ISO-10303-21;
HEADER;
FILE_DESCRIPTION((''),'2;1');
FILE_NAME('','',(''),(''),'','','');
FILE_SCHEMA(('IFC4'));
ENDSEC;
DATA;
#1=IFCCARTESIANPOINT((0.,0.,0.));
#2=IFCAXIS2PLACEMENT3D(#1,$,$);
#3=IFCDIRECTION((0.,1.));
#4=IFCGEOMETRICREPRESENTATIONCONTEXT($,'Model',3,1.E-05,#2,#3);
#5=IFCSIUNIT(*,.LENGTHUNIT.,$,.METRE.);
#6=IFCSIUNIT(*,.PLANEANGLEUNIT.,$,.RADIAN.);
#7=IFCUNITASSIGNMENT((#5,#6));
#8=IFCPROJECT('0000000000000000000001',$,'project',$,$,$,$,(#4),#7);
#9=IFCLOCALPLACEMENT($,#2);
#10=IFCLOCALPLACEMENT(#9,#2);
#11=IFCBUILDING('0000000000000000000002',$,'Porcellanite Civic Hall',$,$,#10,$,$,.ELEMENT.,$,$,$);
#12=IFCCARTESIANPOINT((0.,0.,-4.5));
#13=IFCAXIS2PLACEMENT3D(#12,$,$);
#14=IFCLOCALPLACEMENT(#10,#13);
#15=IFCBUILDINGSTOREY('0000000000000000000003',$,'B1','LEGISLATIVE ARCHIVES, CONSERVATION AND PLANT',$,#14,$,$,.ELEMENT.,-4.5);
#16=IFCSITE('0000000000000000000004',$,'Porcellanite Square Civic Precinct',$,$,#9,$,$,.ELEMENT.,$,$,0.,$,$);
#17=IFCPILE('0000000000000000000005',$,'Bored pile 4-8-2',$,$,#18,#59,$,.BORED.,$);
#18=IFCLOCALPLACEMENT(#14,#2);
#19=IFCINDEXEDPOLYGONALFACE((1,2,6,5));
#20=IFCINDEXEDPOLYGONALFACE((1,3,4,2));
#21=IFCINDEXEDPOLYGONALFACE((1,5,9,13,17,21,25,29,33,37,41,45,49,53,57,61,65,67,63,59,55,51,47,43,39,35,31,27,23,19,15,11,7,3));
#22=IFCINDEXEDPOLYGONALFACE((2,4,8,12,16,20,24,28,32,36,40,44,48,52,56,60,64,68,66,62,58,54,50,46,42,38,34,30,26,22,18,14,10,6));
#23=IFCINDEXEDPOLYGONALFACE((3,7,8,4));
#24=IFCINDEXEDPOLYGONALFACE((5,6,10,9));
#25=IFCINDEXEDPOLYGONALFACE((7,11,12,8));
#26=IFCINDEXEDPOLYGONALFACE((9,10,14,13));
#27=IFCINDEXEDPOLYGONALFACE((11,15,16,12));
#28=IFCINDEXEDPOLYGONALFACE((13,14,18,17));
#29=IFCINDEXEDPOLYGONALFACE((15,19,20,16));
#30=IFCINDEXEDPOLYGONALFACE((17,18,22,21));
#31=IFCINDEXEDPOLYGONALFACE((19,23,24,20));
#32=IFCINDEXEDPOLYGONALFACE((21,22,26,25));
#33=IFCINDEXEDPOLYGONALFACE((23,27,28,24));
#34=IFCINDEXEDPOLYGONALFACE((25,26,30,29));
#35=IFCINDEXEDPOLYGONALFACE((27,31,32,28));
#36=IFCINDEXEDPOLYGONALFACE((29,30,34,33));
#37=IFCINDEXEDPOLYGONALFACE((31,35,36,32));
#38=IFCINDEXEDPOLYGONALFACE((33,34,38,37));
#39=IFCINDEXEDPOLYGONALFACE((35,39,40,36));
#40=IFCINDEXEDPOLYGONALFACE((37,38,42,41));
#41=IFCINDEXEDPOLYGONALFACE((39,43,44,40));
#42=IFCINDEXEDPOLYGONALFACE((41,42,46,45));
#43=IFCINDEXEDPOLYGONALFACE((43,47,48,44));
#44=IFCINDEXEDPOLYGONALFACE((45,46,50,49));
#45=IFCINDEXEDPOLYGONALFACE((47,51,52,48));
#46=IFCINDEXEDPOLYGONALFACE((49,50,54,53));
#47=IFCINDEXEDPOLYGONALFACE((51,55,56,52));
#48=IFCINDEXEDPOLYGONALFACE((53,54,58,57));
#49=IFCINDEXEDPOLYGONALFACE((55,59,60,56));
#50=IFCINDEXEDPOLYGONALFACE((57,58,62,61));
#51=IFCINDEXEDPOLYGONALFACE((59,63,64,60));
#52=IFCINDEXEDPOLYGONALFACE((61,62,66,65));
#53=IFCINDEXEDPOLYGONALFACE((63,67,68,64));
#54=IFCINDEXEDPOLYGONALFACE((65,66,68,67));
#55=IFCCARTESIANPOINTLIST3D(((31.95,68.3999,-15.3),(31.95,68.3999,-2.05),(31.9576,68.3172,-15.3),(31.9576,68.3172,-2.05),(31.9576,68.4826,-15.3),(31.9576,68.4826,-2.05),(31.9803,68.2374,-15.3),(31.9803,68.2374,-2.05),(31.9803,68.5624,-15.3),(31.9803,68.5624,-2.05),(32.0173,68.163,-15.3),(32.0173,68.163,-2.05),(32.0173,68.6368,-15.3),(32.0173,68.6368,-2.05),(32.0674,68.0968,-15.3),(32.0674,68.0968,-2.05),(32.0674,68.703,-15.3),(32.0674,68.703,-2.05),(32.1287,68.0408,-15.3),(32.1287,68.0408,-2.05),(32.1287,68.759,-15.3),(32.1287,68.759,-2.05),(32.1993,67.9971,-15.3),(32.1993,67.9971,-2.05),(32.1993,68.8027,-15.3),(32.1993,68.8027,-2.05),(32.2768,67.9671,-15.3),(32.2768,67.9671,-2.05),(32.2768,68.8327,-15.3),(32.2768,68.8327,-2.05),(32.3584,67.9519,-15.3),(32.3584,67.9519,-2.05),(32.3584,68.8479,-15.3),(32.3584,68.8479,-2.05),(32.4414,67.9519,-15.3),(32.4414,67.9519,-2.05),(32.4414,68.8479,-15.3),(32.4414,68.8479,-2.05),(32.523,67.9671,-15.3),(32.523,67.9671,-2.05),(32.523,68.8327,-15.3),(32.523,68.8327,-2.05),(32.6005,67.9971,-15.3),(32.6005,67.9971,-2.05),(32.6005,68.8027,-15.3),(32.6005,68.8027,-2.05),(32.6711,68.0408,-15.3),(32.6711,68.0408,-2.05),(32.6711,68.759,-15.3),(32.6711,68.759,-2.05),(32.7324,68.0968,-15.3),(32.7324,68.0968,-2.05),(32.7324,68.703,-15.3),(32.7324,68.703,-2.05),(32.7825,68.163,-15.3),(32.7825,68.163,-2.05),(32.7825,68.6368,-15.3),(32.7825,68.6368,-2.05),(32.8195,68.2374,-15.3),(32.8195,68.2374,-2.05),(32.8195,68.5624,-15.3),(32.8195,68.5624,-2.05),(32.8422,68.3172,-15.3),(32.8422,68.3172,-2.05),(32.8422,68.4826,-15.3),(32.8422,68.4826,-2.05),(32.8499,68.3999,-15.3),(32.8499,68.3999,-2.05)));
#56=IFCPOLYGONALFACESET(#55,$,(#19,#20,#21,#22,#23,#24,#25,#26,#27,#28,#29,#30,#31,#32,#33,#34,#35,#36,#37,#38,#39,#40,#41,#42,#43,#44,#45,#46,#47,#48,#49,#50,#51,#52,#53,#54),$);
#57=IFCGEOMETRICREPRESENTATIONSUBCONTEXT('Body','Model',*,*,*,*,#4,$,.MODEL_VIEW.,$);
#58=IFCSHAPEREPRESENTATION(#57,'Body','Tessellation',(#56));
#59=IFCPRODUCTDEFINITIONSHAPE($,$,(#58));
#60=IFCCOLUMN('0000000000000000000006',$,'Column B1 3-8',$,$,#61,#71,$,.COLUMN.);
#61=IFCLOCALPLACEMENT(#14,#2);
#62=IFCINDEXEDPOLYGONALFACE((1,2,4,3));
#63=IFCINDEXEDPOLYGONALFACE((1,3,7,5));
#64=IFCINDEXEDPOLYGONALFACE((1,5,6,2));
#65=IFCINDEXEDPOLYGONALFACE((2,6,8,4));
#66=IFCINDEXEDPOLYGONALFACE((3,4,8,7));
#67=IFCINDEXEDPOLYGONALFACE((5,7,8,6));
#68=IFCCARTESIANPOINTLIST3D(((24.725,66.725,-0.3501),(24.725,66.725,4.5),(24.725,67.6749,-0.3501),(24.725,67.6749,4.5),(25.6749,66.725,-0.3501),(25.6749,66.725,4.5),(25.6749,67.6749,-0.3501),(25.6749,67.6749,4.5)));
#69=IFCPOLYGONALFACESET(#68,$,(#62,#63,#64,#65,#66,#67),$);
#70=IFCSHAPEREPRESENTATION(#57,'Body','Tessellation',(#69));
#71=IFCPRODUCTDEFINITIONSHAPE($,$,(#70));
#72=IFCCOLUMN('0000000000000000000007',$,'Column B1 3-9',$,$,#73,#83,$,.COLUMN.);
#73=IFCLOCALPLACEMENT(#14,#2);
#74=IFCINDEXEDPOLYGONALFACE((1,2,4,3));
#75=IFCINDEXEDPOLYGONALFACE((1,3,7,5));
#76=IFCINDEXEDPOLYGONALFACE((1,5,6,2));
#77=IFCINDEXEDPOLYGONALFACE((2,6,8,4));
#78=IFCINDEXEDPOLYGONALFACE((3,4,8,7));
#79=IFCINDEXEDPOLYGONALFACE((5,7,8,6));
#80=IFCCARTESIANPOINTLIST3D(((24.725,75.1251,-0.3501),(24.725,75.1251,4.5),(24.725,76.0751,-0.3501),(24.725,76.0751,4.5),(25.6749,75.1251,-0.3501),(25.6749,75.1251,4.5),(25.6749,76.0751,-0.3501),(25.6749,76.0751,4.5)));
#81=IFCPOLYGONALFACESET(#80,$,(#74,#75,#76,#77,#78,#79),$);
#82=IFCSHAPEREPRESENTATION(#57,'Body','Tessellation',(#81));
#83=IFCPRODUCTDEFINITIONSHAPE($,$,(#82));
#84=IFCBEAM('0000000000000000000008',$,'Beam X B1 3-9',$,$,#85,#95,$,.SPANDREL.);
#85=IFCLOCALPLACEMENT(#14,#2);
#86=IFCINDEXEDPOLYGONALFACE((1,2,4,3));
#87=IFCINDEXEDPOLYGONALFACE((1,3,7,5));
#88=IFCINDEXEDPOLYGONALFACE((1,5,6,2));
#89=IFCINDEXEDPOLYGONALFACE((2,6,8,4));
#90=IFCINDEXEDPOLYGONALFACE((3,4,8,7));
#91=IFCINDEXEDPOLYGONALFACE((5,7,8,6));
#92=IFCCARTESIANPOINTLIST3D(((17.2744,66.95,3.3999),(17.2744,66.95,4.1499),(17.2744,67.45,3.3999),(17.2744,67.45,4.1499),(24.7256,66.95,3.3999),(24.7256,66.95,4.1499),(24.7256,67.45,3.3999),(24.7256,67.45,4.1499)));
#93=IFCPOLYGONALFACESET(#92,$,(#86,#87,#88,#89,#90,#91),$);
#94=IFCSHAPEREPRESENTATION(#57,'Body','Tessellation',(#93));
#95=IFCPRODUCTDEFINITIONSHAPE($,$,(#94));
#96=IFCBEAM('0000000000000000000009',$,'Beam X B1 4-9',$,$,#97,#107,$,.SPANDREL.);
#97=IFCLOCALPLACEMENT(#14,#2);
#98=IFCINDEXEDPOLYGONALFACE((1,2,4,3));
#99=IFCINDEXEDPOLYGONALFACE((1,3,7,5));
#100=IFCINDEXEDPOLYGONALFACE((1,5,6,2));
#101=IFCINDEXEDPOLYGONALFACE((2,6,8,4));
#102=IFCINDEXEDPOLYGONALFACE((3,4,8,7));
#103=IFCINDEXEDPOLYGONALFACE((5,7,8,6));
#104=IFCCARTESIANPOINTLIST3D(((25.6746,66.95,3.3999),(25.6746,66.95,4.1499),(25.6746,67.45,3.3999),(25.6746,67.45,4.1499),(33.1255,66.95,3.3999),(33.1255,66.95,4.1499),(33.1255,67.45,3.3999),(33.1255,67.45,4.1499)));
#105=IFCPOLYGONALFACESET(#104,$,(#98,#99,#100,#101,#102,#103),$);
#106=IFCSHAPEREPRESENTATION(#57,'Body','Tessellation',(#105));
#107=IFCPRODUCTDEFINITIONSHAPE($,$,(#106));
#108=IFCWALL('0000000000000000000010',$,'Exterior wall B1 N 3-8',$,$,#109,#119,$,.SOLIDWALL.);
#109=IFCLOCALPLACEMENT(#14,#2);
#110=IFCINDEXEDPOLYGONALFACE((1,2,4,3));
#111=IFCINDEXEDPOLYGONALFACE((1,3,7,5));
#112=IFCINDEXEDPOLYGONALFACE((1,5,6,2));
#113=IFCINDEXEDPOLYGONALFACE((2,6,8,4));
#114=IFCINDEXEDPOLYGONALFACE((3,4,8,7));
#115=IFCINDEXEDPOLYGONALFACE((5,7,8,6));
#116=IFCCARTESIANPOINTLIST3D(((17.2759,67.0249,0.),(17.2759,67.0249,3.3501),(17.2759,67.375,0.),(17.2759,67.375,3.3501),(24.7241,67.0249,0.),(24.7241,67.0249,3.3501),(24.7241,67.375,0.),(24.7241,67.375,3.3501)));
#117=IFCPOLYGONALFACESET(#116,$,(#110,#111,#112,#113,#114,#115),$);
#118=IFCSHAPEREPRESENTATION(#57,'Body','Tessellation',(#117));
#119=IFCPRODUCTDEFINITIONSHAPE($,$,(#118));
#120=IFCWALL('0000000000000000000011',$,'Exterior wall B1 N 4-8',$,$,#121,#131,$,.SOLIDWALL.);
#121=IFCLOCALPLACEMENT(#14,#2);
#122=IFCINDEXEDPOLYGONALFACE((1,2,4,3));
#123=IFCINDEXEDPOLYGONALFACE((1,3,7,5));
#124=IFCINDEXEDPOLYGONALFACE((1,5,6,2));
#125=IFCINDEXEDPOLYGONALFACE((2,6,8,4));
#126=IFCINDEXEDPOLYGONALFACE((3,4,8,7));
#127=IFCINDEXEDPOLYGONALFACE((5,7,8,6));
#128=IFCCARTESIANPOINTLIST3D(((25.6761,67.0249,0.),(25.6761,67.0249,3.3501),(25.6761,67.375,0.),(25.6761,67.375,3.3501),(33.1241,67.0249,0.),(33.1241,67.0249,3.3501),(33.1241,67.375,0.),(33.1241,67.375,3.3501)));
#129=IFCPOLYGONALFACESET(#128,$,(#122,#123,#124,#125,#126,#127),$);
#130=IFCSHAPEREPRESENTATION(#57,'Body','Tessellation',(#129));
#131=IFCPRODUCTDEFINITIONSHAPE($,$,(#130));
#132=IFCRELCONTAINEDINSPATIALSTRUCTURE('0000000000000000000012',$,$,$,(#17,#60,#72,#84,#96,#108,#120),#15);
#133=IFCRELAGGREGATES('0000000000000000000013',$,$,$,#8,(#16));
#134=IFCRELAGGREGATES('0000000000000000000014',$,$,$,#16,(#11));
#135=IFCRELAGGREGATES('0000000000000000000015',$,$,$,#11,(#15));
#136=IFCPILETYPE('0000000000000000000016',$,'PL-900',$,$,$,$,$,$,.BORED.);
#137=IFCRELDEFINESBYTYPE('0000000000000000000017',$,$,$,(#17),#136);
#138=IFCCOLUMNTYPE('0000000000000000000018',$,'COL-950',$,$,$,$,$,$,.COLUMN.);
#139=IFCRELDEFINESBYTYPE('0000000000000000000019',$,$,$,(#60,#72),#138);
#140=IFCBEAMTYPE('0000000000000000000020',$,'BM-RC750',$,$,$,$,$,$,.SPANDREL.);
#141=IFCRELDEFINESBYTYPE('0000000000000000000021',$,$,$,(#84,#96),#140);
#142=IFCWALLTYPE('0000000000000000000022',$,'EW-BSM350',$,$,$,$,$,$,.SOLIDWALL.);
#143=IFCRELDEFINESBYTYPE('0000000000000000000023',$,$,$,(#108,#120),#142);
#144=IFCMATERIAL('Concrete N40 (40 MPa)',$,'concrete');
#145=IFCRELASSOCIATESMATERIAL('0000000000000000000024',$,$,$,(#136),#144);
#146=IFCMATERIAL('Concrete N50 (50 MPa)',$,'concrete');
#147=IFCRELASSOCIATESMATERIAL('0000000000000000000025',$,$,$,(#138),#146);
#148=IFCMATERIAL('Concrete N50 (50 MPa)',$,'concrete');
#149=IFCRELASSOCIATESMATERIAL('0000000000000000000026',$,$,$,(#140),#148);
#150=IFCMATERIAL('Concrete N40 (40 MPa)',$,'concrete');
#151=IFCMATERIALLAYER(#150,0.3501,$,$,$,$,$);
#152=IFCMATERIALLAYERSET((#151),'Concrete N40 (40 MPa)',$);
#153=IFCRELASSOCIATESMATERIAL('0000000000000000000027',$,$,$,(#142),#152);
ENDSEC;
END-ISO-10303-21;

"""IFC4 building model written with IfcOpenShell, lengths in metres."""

from ifc_helpers import new_model, si_unit, direction, frame, frame_2d, origin, origin_2d, place, context, subcontext, project, spatial, rectangle, circle, extrude, material, layer, layer_set, material_profile, profile_set, type_object, element, save


model = new_model("IFC4")

# Units and contexts
model_context = context("Model", 3, precision=1e-05, world=origin(), true_north=direction((0.0, 1.0)))
body_context = subcontext(model_context, "Body", "Model", "MODEL_VIEW")
ifc_project = project(units=[si_unit("LENGTHUNIT", "METRE"), si_unit("PLANEANGLEUNIT", "RADIAN")], contexts=[model_context])

# Site, building, storey
site_placement = place(None, origin())
site = spatial("IfcSite", under=ifc_project, at=site_placement, Name="Porcellanite Square Civic Precinct", CompositionType="ELEMENT", RefElevation=0.0)
building_placement = place(site_placement, origin())
building = spatial("IfcBuilding", under=site, at=building_placement, Name="Porcellanite Civic Hall", CompositionType="ELEMENT")
storey_placement = place(building_placement, frame((0.0, 0.0, -4.5)))
storey = spatial("IfcBuildingStorey", under=building, at=storey_placement, Name="B1", Description="LEGISLATIVE ARCHIVES, CONSERVATION AND PLANT", CompositionType="ELEMENT", Elevation=-4.5)

# Pile
ifc_material_1 = material(Name="Concrete N40 (40 MPa)", Category="concrete")
ifc_material_profile_1 = material_profile(ifc_material_1, circle(Radius=0.45, at=origin_2d()), Name="PILE-D900")
ifc_profile_set_1 = profile_set([ifc_material_profile_1], Name="Concrete N40 (40 MPa)")
pile_type = type_object("IfcPileType", Name="PL-900", PredefinedType="BORED", material=ifc_profile_set_1)
for number, where, z_axis, x_axis, name in (
    (1, (32.3999, 68.3999, -2.05), (0.0, 0.0, -1.0), (1.0, 0.0, 0.0), "Bored pile 4-8-2"),
):
    element("IfcPile", number, at=place(storey_placement, frame(where, z_axis=z_axis, x_axis=x_axis)), inside=storey, type_object=pile_type, Name=name, PredefinedType="BORED", context=body_context, shape_type="SweptSolid", body=[
        extrude(circle(Radius=0.45, at=origin_2d()), origin(), (0.0, 0.0, 1.0), 13.25),
    ])

# Columns
ifc_material_2 = material(Name="Concrete N50 (50 MPa)", Category="concrete")
ifc_material_profile_2 = material_profile(ifc_material_2, rectangle(XDim=0.95, YDim=0.95, at=origin_2d()), Name="RC-950x950")
ifc_profile_set_2 = profile_set([ifc_material_profile_2], Name="Concrete N50 (50 MPa)")
column_type = type_object("IfcColumnType", Name="COL-950", PredefinedType="COLUMN", material=ifc_profile_set_2)
for number, where, z_axis, x_axis, name in (
    (2, (25.2, 67.2, -0.3501), (0.0, 0.0, 1.0), (1.0, 0.0, 0.0), "Column B1 3-8"),
    (3, (25.2, 75.6001, -0.3501), (0.0, 0.0, 1.0), (1.0, 0.0, 0.0), "Column B1 3-9"),
):
    element("IfcColumn", number, at=place(storey_placement, frame(where, z_axis=z_axis, x_axis=x_axis)), inside=storey, type_object=column_type, Name=name, PredefinedType="COLUMN", context=body_context, shape_type="SweptSolid", body=[
        extrude(rectangle(XDim=0.95, YDim=0.95, at=origin_2d()), origin(), (0.0, 0.0, 1.0), 4.8501),
    ])

# Beams
ifc_material_3 = material(Name="Concrete N50 (50 MPa)", Category="concrete")
ifc_material_profile_3 = material_profile(ifc_material_3, rectangle(XDim=0.5, YDim=0.75, at=origin_2d()), Name="RC-500x750")
ifc_profile_set_3 = profile_set([ifc_material_profile_3], Name="Concrete N50 (50 MPa)")
beam_type = type_object("IfcBeamType", Name="BM-RC750", PredefinedType="SPANDREL", material=ifc_profile_set_3)
beam_1_placement = place(storey_placement, frame((17.2744, 67.2, 3.7749), z_axis=(1.0, 0.0, 0.0), x_axis=(0.0, 1.0, 0.0)))
element("IfcBeam", 4, at=beam_1_placement, inside=storey, type_object=beam_type, Name="Beam X B1 3-9", PredefinedType="SPANDREL", context=body_context, shape_type="SweptSolid", body=[
    extrude(rectangle(XDim=0.5, YDim=0.75, at=origin_2d()), origin(), (0.0, 0.0, 1.0), 7.4512),
])
beam_2_placement = place(storey_placement, frame((25.6746, 67.2, 3.7749), z_axis=(1.0, 0.0, 0.0), x_axis=(0.0, 1.0, 0.0)))
element("IfcBeam", 5, at=beam_2_placement, inside=storey, type_object=beam_type, Name="Beam X B1 4-9", PredefinedType="SPANDREL", context=body_context, shape_type="SweptSolid", body=[
    extrude(rectangle(XDim=0.5, YDim=0.75, at=origin_2d()), origin(), (0.0, 0.0, 1.0), 7.4509),
])

# Walls
ifc_material_4 = material(Name="Concrete N40 (40 MPa)", Category="concrete")
ifc_layer = layer(ifc_material_4, 0.3501)
ifc_layer_set = layer_set([ifc_layer], Name="Concrete N40 (40 MPa)")
wall_type = type_object("IfcWallType", Name="EW-BSM350", PredefinedType="SOLIDWALL", material=ifc_layer_set)
wall_1_placement = place(storey_placement, frame((17.2759, 67.2, 0.0), z_axis=(0.0, 0.0, 1.0), x_axis=(1.0, 0.0, 0.0)))
element("IfcWall", 6, at=wall_1_placement, inside=storey, type_object=wall_type, Name="Exterior wall B1 N 3-8", PredefinedType="SOLIDWALL", context=body_context, shape_type="SweptSolid", body=[
    extrude(rectangle(XDim=7.4482, YDim=0.3501, at=frame_2d((3.7241, 0.0))), origin(), (0.0, 0.0, 1.0), 3.3501),
])
wall_2_placement = place(storey_placement, frame((25.676, 67.2, 0.0), z_axis=(0.0, 0.0, 1.0), x_axis=(1.0, 0.0, 0.0)))
element("IfcWall", 7, at=wall_2_placement, inside=storey, type_object=wall_type, Name="Exterior wall B1 N 4-8", PredefinedType="SOLIDWALL", context=body_context, shape_type="SweptSolid", body=[
    extrude(rectangle(XDim=7.448, YDim=0.3501, at=frame_2d((3.7241, 0.0))), origin(), (0.0, 0.0, 1.0), 3.3501),
])

save(model, "model.ifc")
